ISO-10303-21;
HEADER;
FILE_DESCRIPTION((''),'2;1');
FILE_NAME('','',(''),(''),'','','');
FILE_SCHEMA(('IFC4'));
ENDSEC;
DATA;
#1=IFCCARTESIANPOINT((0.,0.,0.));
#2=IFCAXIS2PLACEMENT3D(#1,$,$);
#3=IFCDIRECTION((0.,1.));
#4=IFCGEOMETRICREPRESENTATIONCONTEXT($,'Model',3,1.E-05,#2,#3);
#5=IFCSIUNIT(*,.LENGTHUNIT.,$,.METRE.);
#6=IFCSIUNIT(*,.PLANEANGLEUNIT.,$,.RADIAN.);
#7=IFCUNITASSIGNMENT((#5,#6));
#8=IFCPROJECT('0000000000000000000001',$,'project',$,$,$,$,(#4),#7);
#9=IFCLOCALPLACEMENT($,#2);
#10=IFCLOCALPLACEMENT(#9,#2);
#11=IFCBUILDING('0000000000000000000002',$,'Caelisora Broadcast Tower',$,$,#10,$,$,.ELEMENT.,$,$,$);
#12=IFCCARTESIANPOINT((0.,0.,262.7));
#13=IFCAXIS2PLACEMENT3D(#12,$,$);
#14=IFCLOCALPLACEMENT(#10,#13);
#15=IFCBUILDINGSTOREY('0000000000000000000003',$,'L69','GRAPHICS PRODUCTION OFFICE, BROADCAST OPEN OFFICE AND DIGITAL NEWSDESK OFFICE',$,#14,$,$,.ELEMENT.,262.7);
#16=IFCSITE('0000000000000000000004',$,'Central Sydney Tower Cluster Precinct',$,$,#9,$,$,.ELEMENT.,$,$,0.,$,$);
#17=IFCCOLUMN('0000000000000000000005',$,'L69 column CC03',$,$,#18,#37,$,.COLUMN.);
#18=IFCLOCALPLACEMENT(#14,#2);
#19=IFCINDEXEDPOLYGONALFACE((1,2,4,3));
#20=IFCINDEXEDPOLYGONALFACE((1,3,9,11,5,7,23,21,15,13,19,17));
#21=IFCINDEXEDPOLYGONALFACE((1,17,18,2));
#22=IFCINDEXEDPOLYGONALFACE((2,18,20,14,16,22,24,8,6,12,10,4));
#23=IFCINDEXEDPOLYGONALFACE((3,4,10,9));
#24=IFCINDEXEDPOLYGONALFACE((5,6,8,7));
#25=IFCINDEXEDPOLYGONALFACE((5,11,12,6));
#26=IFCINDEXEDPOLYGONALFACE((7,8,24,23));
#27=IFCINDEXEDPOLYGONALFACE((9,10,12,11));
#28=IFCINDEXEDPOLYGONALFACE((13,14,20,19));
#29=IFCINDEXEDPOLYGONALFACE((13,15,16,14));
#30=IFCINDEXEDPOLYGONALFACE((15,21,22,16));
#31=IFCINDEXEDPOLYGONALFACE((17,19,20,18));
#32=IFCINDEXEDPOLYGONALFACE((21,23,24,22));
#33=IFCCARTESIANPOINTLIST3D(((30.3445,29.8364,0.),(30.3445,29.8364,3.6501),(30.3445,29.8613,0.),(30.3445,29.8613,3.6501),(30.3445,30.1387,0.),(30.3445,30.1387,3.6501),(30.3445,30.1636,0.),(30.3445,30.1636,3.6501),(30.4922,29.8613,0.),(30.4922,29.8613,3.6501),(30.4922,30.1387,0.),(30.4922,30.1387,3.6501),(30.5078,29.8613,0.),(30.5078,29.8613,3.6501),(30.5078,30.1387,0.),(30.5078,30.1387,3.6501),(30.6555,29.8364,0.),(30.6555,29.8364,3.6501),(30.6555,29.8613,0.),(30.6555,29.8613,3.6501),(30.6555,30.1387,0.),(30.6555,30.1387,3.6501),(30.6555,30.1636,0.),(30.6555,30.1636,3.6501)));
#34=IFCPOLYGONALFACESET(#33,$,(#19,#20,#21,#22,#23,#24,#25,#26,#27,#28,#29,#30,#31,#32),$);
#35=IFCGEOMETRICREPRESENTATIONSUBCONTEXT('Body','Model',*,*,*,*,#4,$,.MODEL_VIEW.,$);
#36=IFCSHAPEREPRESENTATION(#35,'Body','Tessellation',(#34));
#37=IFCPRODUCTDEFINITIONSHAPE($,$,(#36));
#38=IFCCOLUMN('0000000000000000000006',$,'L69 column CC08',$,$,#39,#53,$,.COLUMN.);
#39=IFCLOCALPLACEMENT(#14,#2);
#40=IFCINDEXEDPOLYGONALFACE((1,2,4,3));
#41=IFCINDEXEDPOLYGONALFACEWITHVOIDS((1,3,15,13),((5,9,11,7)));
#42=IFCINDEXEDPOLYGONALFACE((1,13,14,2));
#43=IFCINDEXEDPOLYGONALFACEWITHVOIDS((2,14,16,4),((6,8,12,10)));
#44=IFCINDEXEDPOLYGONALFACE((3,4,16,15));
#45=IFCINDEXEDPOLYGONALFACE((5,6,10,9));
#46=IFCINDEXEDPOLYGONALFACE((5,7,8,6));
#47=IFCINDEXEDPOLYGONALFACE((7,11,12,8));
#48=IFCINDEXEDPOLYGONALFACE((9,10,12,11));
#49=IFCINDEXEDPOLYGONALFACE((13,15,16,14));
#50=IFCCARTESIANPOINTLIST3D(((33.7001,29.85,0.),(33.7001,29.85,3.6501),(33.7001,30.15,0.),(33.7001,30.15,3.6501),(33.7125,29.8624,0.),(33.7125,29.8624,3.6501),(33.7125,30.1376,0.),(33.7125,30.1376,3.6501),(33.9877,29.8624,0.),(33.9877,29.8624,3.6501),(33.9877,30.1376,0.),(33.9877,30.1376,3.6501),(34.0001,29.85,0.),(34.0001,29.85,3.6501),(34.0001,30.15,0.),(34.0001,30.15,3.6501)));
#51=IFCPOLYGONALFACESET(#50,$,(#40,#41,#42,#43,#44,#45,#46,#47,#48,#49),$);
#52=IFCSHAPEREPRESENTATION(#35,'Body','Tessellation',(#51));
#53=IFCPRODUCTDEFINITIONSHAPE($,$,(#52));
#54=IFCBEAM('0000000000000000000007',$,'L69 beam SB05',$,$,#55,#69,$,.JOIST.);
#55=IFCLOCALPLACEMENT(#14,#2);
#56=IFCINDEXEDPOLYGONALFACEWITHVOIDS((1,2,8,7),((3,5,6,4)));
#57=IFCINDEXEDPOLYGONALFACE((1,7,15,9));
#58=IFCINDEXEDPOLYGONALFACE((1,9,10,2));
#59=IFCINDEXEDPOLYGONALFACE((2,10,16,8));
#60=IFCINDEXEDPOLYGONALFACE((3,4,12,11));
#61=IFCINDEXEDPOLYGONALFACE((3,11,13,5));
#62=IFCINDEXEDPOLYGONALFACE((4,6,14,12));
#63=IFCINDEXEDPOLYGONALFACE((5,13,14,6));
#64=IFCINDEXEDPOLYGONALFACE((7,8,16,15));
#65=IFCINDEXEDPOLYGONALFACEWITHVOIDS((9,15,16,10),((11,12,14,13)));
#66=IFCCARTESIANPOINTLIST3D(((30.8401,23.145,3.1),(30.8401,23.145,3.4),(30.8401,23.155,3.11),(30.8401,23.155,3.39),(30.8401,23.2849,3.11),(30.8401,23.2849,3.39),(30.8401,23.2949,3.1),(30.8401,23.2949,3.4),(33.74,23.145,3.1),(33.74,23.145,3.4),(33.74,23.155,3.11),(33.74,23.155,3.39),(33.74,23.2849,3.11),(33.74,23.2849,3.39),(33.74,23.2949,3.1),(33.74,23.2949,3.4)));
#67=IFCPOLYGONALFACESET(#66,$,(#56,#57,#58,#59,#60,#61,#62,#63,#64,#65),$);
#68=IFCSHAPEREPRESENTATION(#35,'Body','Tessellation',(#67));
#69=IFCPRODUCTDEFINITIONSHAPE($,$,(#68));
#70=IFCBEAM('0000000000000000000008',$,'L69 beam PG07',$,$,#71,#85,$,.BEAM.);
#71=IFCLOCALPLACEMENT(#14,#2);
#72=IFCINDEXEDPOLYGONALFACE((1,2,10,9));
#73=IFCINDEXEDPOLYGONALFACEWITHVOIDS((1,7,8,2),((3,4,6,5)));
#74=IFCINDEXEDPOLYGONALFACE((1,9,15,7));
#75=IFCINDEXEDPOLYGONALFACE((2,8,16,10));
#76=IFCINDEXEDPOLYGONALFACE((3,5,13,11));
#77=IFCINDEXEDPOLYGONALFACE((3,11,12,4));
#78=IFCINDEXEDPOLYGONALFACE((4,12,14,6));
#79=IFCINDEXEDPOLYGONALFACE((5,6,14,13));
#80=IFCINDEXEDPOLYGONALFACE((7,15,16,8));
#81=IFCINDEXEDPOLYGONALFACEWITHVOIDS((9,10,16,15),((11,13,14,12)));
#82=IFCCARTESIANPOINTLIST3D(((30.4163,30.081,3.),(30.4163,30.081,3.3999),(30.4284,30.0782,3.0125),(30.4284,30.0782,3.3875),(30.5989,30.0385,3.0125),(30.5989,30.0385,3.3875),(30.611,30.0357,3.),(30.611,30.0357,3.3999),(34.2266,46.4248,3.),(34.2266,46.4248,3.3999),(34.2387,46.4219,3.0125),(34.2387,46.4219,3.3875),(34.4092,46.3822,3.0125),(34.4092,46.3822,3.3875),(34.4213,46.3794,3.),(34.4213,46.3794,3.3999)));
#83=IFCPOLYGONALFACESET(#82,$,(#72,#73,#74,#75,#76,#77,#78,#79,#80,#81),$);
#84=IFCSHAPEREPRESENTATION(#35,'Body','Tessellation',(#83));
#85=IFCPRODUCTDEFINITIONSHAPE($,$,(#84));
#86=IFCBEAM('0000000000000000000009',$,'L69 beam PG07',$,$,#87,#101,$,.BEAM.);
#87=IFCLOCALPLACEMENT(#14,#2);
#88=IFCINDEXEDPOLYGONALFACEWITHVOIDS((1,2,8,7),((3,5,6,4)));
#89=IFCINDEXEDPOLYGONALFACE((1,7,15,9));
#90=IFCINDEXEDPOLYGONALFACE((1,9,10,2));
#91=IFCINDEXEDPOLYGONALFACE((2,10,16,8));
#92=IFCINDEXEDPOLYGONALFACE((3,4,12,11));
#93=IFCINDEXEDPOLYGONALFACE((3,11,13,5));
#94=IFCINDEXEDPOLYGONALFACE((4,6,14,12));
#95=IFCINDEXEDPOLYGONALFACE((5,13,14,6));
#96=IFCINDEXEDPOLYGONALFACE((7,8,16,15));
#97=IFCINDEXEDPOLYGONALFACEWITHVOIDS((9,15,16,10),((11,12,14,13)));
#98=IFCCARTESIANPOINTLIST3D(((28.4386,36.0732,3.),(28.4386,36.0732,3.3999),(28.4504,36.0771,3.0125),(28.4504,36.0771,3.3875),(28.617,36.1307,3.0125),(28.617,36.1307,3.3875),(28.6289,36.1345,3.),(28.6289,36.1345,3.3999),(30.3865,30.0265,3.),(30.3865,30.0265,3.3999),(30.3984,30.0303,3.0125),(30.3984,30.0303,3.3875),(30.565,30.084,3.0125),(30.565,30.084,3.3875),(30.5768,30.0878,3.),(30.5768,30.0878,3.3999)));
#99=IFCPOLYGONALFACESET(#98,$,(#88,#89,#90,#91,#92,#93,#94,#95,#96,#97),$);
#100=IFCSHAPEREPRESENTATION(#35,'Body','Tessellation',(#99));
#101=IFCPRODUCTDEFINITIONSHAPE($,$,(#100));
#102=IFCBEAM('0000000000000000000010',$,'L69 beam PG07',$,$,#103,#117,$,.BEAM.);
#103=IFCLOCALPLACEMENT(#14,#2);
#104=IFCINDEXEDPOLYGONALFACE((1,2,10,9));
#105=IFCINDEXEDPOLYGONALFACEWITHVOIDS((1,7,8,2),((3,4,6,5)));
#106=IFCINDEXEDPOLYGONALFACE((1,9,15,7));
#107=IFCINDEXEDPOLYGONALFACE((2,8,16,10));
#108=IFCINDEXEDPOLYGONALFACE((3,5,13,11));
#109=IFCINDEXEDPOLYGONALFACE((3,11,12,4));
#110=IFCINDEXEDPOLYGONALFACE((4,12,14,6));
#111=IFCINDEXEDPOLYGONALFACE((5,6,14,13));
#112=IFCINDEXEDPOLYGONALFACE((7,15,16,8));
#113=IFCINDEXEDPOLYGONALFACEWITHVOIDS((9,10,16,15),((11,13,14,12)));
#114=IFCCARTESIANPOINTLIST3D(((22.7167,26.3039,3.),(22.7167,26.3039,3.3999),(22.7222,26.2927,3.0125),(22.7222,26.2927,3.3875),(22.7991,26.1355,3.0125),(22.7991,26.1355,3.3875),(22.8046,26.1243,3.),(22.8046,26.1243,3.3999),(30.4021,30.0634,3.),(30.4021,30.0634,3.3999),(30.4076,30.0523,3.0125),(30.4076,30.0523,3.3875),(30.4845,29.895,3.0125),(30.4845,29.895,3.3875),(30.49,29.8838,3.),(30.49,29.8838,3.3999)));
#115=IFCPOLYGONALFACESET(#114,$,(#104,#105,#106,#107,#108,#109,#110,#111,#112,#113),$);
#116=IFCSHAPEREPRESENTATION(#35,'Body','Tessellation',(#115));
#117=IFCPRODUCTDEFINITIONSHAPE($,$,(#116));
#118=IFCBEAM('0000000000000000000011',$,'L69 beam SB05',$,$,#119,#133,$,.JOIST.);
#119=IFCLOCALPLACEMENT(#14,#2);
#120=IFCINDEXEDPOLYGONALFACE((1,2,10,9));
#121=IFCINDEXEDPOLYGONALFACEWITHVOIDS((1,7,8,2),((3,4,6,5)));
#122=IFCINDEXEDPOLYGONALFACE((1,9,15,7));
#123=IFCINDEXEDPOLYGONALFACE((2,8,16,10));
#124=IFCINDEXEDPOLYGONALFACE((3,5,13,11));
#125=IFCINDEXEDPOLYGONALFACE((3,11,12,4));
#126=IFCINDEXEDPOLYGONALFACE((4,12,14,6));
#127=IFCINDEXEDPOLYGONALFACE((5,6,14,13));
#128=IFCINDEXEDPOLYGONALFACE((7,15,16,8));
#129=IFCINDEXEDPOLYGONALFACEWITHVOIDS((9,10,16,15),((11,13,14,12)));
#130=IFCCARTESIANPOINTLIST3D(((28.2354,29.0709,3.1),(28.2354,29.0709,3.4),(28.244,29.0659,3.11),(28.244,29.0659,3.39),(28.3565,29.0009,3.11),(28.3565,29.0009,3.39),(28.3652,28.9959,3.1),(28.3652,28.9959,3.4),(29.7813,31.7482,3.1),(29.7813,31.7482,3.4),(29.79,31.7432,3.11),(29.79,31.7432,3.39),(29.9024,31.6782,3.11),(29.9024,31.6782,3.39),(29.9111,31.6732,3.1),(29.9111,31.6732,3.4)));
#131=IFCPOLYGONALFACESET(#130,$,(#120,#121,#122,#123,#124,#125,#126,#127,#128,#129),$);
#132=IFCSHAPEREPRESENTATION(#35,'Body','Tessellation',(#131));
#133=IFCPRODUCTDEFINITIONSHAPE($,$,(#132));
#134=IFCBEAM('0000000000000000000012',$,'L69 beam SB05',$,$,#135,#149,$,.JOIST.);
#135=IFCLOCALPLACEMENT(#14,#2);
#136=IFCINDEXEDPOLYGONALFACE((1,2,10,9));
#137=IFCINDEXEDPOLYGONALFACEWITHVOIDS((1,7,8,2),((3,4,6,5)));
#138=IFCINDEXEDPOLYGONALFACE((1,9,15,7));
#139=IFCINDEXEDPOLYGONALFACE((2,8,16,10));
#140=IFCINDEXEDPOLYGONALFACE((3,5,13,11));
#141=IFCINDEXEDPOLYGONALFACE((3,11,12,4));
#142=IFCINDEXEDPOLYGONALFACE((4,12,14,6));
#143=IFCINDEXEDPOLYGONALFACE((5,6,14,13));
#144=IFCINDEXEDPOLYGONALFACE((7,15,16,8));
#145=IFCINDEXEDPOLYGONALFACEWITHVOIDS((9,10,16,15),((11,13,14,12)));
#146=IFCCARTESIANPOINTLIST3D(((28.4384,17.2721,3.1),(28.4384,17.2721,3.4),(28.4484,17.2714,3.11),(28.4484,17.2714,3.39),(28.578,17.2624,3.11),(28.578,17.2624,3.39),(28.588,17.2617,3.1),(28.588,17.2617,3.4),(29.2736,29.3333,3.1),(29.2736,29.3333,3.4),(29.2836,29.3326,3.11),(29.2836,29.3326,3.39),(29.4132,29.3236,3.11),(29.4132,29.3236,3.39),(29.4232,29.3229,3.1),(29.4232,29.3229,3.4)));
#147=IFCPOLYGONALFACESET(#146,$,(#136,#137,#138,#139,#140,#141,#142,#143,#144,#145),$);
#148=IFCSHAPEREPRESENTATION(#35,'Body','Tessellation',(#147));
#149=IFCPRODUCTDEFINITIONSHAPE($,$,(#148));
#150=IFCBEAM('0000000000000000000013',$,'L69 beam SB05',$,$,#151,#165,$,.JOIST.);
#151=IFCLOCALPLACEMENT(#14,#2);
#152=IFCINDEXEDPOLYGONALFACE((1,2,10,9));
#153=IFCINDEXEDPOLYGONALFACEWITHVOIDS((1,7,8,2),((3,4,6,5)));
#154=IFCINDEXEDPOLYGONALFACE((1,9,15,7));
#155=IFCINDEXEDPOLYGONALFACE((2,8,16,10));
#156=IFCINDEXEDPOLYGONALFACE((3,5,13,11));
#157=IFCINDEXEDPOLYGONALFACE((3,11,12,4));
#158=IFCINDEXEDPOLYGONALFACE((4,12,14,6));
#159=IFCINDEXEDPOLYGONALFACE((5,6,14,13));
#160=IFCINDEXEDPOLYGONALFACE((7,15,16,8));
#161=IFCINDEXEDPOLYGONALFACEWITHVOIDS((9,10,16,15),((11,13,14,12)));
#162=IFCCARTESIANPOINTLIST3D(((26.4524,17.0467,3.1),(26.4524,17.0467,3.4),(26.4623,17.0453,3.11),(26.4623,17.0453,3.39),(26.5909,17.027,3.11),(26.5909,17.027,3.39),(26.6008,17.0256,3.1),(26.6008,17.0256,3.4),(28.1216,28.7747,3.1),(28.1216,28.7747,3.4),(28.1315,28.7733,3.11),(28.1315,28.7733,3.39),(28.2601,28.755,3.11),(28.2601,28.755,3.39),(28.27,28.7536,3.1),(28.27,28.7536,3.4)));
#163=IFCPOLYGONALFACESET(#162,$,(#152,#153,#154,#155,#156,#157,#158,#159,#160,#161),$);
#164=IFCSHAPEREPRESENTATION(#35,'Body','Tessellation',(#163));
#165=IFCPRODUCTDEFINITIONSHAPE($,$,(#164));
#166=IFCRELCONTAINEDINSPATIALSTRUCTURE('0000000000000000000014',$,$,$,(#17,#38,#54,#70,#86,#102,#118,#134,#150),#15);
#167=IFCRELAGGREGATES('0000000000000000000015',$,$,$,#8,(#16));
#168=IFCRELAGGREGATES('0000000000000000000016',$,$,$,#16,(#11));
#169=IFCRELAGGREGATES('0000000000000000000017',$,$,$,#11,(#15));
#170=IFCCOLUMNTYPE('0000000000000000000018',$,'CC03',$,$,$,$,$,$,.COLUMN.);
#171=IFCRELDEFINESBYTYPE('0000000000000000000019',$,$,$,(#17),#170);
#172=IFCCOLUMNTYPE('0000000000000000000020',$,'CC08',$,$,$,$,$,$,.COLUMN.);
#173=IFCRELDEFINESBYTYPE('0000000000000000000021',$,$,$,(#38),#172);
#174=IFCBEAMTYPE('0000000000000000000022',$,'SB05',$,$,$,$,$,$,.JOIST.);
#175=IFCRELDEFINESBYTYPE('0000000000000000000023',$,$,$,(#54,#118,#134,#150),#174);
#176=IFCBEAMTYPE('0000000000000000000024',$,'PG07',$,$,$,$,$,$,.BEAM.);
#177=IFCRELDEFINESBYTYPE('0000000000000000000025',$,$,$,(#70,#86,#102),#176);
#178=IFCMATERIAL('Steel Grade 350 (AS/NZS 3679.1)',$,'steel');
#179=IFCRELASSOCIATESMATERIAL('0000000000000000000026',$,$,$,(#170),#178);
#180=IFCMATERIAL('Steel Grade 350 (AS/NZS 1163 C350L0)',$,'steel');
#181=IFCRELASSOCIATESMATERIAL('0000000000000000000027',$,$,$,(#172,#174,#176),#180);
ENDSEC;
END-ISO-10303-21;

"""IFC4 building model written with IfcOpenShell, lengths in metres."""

from ifc_helpers import new_model, si_unit, direction, frame, origin, origin_2d, place, context, subcontext, project, spatial, hollow_rectangle, i_section, extrude, source, transform, mapped, material, material_profile, profile_set, type_object, type_shapes, element, save


model = new_model("IFC4")

# Units and contexts
model_context = context("Model", 3, precision=1e-05, world=origin(), true_north=direction((0.0, 1.0)))
body_context = subcontext(model_context, "Body", "Model", "MODEL_VIEW")
ifc_project = project(units=[si_unit("LENGTHUNIT", "METRE"), si_unit("PLANEANGLEUNIT", "RADIAN")], contexts=[model_context])

# Site, building, storey
site_placement = place(None, origin())
site = spatial("IfcSite", under=ifc_project, at=site_placement, Name="Central Sydney Tower Cluster Precinct", CompositionType="ELEMENT", RefElevation=0.0)
building_placement = place(site_placement, origin())
building = spatial("IfcBuilding", under=site, at=building_placement, Name="Caelisora Broadcast Tower", CompositionType="ELEMENT")
storey_placement = place(building_placement, frame((0.0, 0.0, 262.7)))
storey = spatial("IfcBuildingStorey", under=building, at=storey_placement, Name="L69", Description="GRAPHICS PRODUCTION OFFICE, BROADCAST OPEN OFFICE AND DIGITAL NEWSDESK OFFICE", CompositionType="ELEMENT", Elevation=262.7)

# Columns
ifc_material_1 = material(Name="Steel Grade 350 (AS/NZS 3679.1)", Category="steel")
ifc_material_profile_1 = material_profile(ifc_material_1, i_section(OverallWidth=0.311, OverallDepth=0.3271, WebThickness=0.0156, FlangeThickness=0.0249, at=origin_2d()), Name="Steel Grade 350 (AS/NZS 3679.1)")
ifc_profile_set_1 = profile_set([ifc_material_profile_1], Name="Steel Grade 350 (AS/NZS 3679.1)")
column_type_1 = type_object("IfcColumnType", Name="CC03", PredefinedType="COLUMN", material=ifc_profile_set_1)
shared_shape_1 = source(origin(), body_context, "Body", "SweptSolid", [
    extrude(i_section(OverallWidth=0.311, OverallDepth=0.3271, WebThickness=0.0156, FlangeThickness=0.0249, at=origin_2d()), origin(), (0.0, 0.0, 1.0), 3.6501),
])
type_shapes(column_type_1, [shared_shape_1])
column_1_placement = place(storey_placement, frame((30.5, 30.0, 0.0), z_axis=(0.0, 0.0, 1.0), x_axis=(1.0, 0.0, 0.0)))
element("IfcColumn", 1, at=column_1_placement, inside=storey, type_object=column_type_1, Name="L69 column CC03", PredefinedType="COLUMN", context=body_context, shape_type="MappedRepresentation", body=[
    mapped(shared_shape_1, transform((0.0, 0.0, 0.0), scale=1.0)),
])
ifc_material_2 = material(Name="Steel Grade 350 (AS/NZS 1163 C350L0)", Category="steel")
ifc_material_profile_2 = material_profile(ifc_material_2, hollow_rectangle(XDim=0.3, YDim=0.3, WallThickness=0.0125, at=origin_2d()), Name="Steel Grade 350 (AS/NZS 1163 C350L0)")
ifc_profile_set_2 = profile_set([ifc_material_profile_2], Name="Steel Grade 350 (AS/NZS 1163 C350L0)")
column_type_2 = type_object("IfcColumnType", Name="CC08", PredefinedType="COLUMN", material=ifc_profile_set_2)
shared_shape_2 = source(origin(), body_context, "Body", "SweptSolid", [
    extrude(hollow_rectangle(XDim=0.3, YDim=0.3, WallThickness=0.0125, at=origin_2d()), origin(), (0.0, 0.0, 1.0), 3.6501),
])
type_shapes(column_type_2, [shared_shape_2])
column_2_placement = place(storey_placement, frame((33.8501, 30.0, 0.0), z_axis=(0.0, 0.0, 1.0), x_axis=(1.0, 0.0, 0.0)))
element("IfcColumn", 2, at=column_2_placement, inside=storey, type_object=column_type_2, Name="L69 column CC08", PredefinedType="COLUMN", context=body_context, shape_type="MappedRepresentation", body=[
    mapped(shared_shape_2, transform((0.0, 0.0, 0.0), scale=1.0)),
])

# Beams
ifc_material_profile_3 = material_profile(ifc_material_2, hollow_rectangle(XDim=0.1499, YDim=0.3, WallThickness=0.01, at=origin_2d()), Name="Steel Grade 350 (AS/NZS 1163 C350L0)")
ifc_profile_set_3 = profile_set([ifc_material_profile_3], Name="Steel Grade 350 (AS/NZS 1163 C350L0)")
beam_type_1 = type_object("IfcBeamType", Name="SB05", PredefinedType="JOIST", material=ifc_profile_set_3)
shared_shape_3 = source(origin(), body_context, "Body", "SweptSolid", [
    extrude(hollow_rectangle(XDim=0.1499, YDim=0.3, WallThickness=0.01, at=origin_2d()), origin(), (0.0, 0.0, 1.0), 2.8999),
])
beam_1_placement = place(storey_placement, frame((30.8401, 23.22, 3.25), z_axis=(1.0, 0.0, 0.0), x_axis=(0.0, 1.0, 0.0)))
element("IfcBeam", 3, at=beam_1_placement, inside=storey, type_object=beam_type_1, Name="L69 beam SB05", PredefinedType="JOIST", context=body_context, shape_type="MappedRepresentation", body=[
    mapped(shared_shape_3, transform((0.0, 0.0, 0.0), scale=1.0)),
])
ifc_material_profile_4 = material_profile(ifc_material_2, hollow_rectangle(XDim=0.2, YDim=0.3999, WallThickness=0.0125, at=origin_2d()), Name="Steel Grade 350 (AS/NZS 1163 C350L0)")
ifc_profile_set_4 = profile_set([ifc_material_profile_4], Name="Steel Grade 350 (AS/NZS 1163 C350L0)")
beam_type_2 = type_object("IfcBeamType", Name="PG07", PredefinedType="BEAM", material=ifc_profile_set_4)
shared_shape_4 = source(origin(), body_context, "Body", "SweptSolid", [
    extrude(hollow_rectangle(XDim=0.2, YDim=0.3999, WallThickness=0.0125, at=origin_2d()), origin(), (0.0, 0.0, 1.0), 16.782),
])
beam_2_placement = place(storey_placement, frame((30.5137, 30.0583, 3.2), z_axis=(0.227047, 0.973884, 0.0), x_axis=(-0.973884, 0.227047, 0.0)))
element("IfcBeam", 4, at=beam_2_placement, inside=storey, type_object=beam_type_2, Name="L69 beam PG07", PredefinedType="BEAM", context=body_context, shape_type="MappedRepresentation", body=[
    mapped(shared_shape_4, transform((0.0, 0.0, 0.0), scale=1.0)),
])
shared_shape_5 = source(origin(), body_context, "Body", "SweptSolid", [
    extrude(hollow_rectangle(XDim=0.2, YDim=0.3999, WallThickness=0.0125, at=origin_2d()), origin(), (0.0, 0.0, 1.0), 6.3528),
])
beam_3_placement = place(storey_placement, frame((30.4817, 30.0571, 3.2), z_axis=(-0.306631, 0.951828, 0.0), x_axis=(-0.951828, -0.306631, 0.0)))
element("IfcBeam", 5, at=beam_3_placement, inside=storey, type_object=beam_type_2, Name="L69 beam PG07", PredefinedType="BEAM", context=body_context, shape_type="MappedRepresentation", body=[
    mapped(shared_shape_5, transform((0.0, 0.0, 0.0), scale=1.0)),
])
shared_shape_6 = source(origin(), body_context, "Body", "SweptSolid", [
    extrude(hollow_rectangle(XDim=0.2, YDim=0.3999, WallThickness=0.0125, at=origin_2d()), origin(), (0.0, 0.0, 1.0), 8.5557),
])
type_shapes(beam_type_2, [shared_shape_4, shared_shape_5, shared_shape_6])
beam_4_placement = place(storey_placement, frame((30.446, 29.9736, 3.2), z_axis=(-0.89828, -0.439424, 0.0), x_axis=(0.439424, -0.89828, 0.0)))
element("IfcBeam", 6, at=beam_4_placement, inside=storey, type_object=beam_type_2, Name="L69 beam PG07", PredefinedType="BEAM", context=body_context, shape_type="MappedRepresentation", body=[
    mapped(shared_shape_6, transform((0.0, 0.0, 0.0), scale=1.0)),
])
shared_shape_7 = source(origin(), body_context, "Body", "SweptSolid", [
    extrude(hollow_rectangle(XDim=0.1499, YDim=0.3, WallThickness=0.01, at=origin_2d()), origin(), (0.0, 0.0, 1.0), 3.0916),
])
beam_5_placement = place(storey_placement, frame((29.8462, 31.7107, 3.25), z_axis=(-0.500046, -0.865999, 0.0), x_axis=(0.865999, -0.500046, 0.0)))
element("IfcBeam", 7, at=beam_5_placement, inside=storey, type_object=beam_type_1, Name="L69 beam SB05", PredefinedType="JOIST", context=body_context, shape_type="MappedRepresentation", body=[
    mapped(shared_shape_7, transform((0.0, 0.0, 0.0), scale=1.0)),
])
shared_shape_8 = source(origin(), body_context, "Body", "SweptSolid", [
    extrude(hollow_rectangle(XDim=0.1499, YDim=0.3, WallThickness=0.01, at=origin_2d()), origin(), (0.0, 0.0, 1.0), 12.0901),
])
beam_6_placement = place(storey_placement, frame((29.3484, 29.3281, 3.25), z_axis=(-0.069081, -0.997611, 0.0), x_axis=(0.997611, -0.069081, 0.0)))
element("IfcBeam", 8, at=beam_6_placement, inside=storey, type_object=beam_type_1, Name="L69 beam SB05", PredefinedType="JOIST", context=body_context, shape_type="MappedRepresentation", body=[
    mapped(shared_shape_8, transform((0.0, 0.0, 0.0), scale=1.0)),
])
shared_shape_9 = source(origin(), body_context, "Body", "SweptSolid", [
    extrude(hollow_rectangle(XDim=0.1499, YDim=0.3, WallThickness=0.01, at=origin_2d()), origin(), (0.0, 0.0, 1.0), 11.8462),
])
type_shapes(beam_type_1, [shared_shape_3, shared_shape_7, shared_shape_8, shared_shape_9])
beam_7_placement = place(storey_placement, frame((28.1958, 28.7642, 3.25), z_axis=(-0.140905, -0.990023, 0.0), x_axis=(0.990023, -0.140905, 0.0)))
element("IfcBeam", 9, at=beam_7_placement, inside=storey, type_object=beam_type_1, Name="L69 beam SB05", PredefinedType="JOIST", context=body_context, shape_type="MappedRepresentation", body=[
    mapped(shared_shape_9, transform((0.0, 0.0, 0.0), scale=1.0)),
])

save(model, "model.ifc")
